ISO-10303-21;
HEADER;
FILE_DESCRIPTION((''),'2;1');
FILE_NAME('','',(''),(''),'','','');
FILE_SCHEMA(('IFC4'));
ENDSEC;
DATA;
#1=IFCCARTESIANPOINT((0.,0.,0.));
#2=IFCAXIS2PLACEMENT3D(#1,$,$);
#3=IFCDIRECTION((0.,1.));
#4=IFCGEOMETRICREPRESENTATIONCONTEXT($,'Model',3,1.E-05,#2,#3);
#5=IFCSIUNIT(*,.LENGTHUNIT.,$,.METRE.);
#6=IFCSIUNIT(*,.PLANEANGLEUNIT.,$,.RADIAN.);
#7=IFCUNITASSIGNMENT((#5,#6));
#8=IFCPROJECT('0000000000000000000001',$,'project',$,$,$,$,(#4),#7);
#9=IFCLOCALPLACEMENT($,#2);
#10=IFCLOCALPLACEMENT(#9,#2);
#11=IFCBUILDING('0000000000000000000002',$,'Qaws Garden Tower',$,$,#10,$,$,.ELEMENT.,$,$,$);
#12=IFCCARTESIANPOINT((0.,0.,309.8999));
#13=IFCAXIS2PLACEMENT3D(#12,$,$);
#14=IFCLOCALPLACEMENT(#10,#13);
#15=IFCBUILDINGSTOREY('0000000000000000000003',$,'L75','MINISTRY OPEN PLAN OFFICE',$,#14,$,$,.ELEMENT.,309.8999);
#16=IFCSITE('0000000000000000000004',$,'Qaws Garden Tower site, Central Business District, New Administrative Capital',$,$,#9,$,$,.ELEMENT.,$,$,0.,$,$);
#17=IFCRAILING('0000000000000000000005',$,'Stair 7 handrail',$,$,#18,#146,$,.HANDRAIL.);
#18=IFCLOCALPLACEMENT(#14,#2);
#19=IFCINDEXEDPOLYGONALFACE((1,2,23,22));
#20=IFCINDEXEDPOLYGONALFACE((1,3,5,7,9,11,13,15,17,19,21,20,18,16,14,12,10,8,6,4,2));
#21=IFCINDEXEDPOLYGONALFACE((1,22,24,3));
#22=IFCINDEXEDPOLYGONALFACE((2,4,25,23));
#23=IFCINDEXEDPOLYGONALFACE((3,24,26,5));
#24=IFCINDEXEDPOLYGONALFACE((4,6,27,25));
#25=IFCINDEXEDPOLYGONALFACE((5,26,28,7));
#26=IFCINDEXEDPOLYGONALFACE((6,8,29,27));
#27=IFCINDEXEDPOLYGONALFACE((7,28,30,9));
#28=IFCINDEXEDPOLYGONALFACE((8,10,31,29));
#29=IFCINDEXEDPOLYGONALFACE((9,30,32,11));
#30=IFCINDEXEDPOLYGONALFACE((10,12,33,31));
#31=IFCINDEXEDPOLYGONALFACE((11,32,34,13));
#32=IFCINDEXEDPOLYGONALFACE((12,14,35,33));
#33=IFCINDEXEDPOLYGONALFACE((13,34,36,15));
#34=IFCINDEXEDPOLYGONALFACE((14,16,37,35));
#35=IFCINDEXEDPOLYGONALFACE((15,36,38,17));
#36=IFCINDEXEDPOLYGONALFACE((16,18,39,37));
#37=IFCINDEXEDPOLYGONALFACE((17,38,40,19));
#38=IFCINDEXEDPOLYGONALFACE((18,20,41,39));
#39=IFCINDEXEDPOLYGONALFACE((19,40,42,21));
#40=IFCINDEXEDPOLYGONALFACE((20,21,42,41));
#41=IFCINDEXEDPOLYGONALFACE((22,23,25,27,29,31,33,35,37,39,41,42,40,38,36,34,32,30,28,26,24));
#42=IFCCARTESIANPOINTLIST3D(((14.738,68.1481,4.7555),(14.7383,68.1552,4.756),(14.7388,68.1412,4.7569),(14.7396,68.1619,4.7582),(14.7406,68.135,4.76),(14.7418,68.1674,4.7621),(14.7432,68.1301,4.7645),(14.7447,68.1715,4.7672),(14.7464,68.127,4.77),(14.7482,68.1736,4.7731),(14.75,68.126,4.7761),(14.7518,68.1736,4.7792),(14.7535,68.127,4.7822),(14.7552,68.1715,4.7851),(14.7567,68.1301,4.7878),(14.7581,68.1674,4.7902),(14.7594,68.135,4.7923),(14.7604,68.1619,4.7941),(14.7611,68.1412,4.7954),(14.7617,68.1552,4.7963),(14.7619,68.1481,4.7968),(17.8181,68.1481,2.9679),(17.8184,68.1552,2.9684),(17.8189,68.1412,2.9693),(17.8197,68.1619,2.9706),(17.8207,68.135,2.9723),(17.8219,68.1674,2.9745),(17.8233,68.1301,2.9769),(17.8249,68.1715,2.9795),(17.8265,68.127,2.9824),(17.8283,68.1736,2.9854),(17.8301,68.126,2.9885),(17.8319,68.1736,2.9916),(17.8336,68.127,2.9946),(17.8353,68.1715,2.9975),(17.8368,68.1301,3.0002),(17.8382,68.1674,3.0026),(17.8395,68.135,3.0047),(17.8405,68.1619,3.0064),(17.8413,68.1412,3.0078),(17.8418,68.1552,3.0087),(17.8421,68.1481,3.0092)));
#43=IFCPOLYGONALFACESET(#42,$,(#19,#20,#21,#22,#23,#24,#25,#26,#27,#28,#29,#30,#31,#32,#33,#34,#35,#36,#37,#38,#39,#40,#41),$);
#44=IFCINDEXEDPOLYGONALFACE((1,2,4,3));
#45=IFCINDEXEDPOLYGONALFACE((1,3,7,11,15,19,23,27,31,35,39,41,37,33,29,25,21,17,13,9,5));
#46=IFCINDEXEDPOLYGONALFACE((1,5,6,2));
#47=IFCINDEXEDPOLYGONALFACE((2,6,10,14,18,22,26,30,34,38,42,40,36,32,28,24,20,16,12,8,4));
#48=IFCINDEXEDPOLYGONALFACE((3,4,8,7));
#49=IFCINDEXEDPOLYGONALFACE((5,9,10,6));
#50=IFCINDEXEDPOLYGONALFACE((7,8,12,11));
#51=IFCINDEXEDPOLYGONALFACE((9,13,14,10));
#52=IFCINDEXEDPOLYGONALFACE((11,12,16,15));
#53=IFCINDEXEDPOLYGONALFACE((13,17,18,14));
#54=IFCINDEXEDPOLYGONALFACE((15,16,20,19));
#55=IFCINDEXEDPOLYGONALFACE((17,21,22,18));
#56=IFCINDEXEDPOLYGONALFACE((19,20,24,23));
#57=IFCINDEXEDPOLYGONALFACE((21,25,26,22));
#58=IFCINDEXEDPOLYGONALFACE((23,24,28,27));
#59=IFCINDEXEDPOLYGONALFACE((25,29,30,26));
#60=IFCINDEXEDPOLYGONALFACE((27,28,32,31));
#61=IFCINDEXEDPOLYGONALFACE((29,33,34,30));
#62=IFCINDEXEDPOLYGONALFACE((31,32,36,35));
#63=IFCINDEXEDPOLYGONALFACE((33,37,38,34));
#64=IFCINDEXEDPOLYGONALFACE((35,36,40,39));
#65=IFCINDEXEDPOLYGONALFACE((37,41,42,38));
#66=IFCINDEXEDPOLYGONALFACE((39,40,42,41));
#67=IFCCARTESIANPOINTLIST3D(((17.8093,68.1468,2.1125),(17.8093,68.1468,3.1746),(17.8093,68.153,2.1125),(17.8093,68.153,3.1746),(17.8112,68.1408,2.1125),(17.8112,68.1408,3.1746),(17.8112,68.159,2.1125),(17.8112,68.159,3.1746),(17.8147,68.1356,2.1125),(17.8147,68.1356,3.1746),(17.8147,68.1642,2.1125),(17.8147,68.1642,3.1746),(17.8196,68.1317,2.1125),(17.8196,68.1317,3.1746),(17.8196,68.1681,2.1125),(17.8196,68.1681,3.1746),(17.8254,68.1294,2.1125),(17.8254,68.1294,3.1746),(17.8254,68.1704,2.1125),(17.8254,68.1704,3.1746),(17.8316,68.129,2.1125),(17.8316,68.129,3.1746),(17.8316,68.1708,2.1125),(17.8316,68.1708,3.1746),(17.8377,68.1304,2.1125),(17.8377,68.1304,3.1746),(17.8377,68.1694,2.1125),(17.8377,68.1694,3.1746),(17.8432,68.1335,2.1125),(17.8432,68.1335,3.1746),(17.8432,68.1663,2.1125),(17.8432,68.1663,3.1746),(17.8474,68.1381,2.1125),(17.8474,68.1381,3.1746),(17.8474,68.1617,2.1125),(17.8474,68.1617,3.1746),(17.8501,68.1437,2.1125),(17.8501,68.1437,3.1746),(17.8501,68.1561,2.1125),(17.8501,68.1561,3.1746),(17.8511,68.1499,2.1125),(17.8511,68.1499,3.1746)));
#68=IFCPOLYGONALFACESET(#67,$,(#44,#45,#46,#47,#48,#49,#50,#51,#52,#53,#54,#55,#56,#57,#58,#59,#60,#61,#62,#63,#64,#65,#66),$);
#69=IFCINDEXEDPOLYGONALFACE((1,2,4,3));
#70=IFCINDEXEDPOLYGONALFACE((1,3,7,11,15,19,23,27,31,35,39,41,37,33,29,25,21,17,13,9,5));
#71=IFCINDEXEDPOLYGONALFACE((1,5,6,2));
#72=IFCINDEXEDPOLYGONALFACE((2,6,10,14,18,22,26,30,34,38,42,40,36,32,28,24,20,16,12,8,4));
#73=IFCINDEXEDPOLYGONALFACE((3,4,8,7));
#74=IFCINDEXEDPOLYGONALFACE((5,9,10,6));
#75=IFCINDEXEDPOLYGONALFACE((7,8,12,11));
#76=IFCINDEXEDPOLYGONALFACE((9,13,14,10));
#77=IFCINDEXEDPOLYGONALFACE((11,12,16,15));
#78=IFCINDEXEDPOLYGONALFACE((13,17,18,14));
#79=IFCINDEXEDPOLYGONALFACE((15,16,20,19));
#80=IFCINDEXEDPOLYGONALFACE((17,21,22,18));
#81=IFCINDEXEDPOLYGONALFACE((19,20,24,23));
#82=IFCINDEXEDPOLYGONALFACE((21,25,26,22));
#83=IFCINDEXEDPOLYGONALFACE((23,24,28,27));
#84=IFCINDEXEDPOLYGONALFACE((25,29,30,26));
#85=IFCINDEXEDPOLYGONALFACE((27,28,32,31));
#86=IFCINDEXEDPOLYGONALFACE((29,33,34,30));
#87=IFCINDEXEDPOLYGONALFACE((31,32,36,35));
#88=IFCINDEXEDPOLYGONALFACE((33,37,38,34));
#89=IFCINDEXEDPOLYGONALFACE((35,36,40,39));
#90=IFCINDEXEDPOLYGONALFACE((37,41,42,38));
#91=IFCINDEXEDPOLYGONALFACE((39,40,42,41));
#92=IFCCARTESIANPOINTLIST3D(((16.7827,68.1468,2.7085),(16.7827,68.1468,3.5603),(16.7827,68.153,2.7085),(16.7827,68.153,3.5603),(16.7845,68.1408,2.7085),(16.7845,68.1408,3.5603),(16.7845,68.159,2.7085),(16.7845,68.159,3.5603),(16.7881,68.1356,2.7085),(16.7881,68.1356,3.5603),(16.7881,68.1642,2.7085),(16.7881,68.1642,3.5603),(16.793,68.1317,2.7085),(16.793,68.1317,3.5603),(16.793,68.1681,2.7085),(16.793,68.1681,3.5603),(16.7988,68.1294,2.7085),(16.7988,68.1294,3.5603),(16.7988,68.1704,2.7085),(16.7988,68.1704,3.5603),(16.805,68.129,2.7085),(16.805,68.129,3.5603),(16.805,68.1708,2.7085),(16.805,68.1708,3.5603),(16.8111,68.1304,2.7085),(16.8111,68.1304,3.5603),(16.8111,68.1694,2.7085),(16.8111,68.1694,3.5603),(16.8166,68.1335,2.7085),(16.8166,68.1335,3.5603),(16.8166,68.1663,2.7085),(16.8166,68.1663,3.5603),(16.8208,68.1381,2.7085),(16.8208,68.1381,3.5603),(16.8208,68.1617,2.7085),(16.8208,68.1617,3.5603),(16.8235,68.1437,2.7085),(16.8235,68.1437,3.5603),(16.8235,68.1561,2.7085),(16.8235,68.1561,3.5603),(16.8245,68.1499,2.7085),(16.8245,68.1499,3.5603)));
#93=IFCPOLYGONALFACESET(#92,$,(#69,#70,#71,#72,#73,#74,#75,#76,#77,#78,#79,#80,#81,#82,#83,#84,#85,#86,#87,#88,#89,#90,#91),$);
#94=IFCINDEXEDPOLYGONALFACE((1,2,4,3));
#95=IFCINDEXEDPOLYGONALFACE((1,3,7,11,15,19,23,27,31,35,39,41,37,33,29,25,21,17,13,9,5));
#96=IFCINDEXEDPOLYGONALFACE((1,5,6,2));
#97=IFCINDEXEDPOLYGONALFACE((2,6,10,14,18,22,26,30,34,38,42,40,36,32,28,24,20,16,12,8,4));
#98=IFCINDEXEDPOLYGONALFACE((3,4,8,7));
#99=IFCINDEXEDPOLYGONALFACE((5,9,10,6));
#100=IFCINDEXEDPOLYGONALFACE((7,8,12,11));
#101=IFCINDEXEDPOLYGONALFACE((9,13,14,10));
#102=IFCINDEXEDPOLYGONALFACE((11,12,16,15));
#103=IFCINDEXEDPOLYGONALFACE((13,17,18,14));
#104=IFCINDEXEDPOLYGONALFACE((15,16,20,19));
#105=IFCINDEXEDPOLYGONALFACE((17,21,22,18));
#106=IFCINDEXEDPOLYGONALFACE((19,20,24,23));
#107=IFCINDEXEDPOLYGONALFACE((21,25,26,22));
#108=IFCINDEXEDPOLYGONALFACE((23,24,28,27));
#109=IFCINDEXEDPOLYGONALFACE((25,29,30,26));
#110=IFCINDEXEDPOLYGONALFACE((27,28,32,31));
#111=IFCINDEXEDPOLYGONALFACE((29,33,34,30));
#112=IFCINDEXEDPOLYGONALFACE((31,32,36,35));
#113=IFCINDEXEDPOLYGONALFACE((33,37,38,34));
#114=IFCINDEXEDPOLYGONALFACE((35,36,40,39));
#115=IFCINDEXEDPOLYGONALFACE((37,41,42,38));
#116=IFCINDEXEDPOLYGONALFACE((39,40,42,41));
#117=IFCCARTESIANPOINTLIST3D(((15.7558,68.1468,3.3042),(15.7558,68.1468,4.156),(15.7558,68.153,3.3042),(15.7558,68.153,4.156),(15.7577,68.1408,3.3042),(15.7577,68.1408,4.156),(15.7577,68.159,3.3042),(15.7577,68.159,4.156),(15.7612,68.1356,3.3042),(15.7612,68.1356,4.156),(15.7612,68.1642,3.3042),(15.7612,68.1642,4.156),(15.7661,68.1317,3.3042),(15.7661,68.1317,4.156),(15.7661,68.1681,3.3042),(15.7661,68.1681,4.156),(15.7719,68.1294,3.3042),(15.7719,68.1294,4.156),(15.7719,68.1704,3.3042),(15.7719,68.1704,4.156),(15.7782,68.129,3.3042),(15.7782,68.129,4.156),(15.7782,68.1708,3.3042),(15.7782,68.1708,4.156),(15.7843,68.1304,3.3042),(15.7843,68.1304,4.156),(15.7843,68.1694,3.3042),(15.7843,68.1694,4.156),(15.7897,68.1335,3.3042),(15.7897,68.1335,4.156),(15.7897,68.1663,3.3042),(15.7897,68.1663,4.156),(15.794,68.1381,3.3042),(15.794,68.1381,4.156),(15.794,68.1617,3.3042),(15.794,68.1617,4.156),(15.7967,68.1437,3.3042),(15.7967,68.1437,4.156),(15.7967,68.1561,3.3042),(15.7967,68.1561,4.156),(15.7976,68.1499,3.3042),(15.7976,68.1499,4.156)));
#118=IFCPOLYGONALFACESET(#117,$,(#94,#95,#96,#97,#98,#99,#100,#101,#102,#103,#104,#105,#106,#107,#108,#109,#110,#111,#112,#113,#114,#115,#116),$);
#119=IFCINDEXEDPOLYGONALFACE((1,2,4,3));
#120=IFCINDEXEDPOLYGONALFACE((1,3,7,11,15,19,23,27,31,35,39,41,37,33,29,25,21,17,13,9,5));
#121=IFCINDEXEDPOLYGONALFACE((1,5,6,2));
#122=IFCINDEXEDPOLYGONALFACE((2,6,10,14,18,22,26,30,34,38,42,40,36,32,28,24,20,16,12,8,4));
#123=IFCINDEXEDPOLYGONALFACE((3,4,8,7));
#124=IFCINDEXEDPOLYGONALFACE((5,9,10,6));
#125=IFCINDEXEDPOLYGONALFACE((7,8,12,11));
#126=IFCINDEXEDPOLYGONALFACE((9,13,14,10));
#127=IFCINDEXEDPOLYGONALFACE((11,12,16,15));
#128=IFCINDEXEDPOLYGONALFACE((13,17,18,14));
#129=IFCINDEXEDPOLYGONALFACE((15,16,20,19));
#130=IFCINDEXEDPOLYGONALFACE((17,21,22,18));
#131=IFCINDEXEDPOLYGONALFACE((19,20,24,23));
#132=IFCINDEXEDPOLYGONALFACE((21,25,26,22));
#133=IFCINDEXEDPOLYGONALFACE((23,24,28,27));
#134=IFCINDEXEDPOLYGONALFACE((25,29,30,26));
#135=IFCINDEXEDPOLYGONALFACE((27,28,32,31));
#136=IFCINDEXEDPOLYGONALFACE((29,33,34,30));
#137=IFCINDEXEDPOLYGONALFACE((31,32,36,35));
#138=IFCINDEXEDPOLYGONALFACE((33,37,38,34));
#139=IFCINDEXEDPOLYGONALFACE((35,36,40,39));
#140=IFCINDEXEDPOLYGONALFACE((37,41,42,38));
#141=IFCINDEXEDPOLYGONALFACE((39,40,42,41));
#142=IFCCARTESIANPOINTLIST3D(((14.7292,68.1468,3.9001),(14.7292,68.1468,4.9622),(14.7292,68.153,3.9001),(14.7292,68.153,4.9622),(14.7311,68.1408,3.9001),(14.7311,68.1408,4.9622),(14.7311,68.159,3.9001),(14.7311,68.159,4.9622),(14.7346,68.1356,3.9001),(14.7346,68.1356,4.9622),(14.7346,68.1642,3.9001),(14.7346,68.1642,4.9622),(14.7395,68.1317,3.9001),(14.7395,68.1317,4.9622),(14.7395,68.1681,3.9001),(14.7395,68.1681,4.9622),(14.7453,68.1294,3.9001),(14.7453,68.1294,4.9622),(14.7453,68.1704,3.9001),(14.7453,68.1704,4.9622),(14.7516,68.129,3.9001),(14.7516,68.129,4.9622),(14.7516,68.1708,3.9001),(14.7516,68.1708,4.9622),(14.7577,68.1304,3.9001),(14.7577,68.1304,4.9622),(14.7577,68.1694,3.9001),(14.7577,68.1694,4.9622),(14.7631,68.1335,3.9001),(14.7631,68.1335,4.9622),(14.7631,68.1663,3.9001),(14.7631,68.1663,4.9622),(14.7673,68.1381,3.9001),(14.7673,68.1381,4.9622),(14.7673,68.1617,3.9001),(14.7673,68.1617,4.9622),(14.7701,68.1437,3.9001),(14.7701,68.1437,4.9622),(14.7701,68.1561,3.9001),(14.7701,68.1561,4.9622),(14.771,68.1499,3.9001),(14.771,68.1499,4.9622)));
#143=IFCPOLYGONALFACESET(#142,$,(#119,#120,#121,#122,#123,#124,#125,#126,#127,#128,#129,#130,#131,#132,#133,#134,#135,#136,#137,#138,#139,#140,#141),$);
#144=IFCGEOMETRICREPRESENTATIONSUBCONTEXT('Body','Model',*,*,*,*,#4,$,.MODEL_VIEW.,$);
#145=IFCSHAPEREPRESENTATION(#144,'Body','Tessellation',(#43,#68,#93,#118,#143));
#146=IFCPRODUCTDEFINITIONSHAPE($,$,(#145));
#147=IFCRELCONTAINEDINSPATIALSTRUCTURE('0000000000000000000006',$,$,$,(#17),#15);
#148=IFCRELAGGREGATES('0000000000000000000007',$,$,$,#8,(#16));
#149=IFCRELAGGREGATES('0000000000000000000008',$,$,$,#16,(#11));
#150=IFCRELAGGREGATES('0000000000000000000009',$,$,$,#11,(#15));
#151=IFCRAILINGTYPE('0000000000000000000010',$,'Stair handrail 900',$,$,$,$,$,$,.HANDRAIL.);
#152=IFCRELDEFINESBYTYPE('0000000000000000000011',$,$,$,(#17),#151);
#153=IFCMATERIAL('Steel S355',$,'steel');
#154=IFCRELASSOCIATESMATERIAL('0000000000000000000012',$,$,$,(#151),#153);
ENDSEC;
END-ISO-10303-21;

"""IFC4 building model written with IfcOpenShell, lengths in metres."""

from ifc_helpers import new_model, si_unit, direction, frame, origin, origin_2d, place, context, subcontext, project, spatial, circle, extrude, material, type_object, element, save


model = new_model("IFC4")

# Units and contexts
model_context = context("Model", 3, precision=1e-05, world=origin(), true_north=direction((0.0, 1.0)))
body_context = subcontext(model_context, "Body", "Model", "MODEL_VIEW")
ifc_project = project(units=[si_unit("LENGTHUNIT", "METRE"), si_unit("PLANEANGLEUNIT", "RADIAN")], contexts=[model_context])

# Site, building, storey
site_placement = place(None, origin())
site = spatial("IfcSite", under=ifc_project, at=site_placement, Name="Qaws Garden Tower site, Central Business District, New Administrative Capital", CompositionType="ELEMENT", RefElevation=0.0)
building_placement = place(site_placement, origin())
building = spatial("IfcBuilding", under=site, at=building_placement, Name="Qaws Garden Tower", CompositionType="ELEMENT")
storey_placement = place(building_placement, frame((0.0, 0.0, 309.8999)))
storey = spatial("IfcBuildingStorey", under=building, at=storey_placement, Name="L75", Description="MINISTRY OPEN PLAN OFFICE", CompositionType="ELEMENT", Elevation=309.8999)

# Railing
ifc_material_1 = material(Name="Steel S355", Category="steel")
railing_type = type_object("IfcRailingType", Name="Stair handrail 900", PredefinedType="HANDRAIL", material=ifc_material_1)
railing_1_placement = place(storey_placement, frame((17.8301, 68.1499, 2.1125)))
element("IfcRailing", 1, at=railing_1_placement, inside=storey, type_object=railing_type, Name="Stair 7 handrail", PredefinedType="HANDRAIL", context=body_context, shape_type="SweptSolid", body=[
    extrude(circle(Radius=0.0239, at=origin_2d()), frame((0.0, 0.0, 0.876), z_axis=(-0.864891, 0.0, 0.50196), x_axis=(0.0, -1.0, 0.0)), (0.0, 0.0, 1.0), 3.5613),
    extrude(circle(Radius=0.021, at=origin_2d()), origin(), (0.0, 0.0, 1.0), 1.062),
    extrude(circle(Radius=0.021, at=origin_2d()), frame((-1.0266, 0.0, 0.5959)), (0.0, 0.0, 1.0), 0.8518),
    extrude(circle(Radius=0.021, at=origin_2d()), frame((-2.0535, 0.0, 1.1917)), (0.0, 0.0, 1.0), 0.8518),
    extrude(circle(Radius=0.021, at=origin_2d()), frame((-3.0801, 0.0, 1.7876)), (0.0, 0.0, 1.0), 1.062),
])

save(model, "model.ifc")
